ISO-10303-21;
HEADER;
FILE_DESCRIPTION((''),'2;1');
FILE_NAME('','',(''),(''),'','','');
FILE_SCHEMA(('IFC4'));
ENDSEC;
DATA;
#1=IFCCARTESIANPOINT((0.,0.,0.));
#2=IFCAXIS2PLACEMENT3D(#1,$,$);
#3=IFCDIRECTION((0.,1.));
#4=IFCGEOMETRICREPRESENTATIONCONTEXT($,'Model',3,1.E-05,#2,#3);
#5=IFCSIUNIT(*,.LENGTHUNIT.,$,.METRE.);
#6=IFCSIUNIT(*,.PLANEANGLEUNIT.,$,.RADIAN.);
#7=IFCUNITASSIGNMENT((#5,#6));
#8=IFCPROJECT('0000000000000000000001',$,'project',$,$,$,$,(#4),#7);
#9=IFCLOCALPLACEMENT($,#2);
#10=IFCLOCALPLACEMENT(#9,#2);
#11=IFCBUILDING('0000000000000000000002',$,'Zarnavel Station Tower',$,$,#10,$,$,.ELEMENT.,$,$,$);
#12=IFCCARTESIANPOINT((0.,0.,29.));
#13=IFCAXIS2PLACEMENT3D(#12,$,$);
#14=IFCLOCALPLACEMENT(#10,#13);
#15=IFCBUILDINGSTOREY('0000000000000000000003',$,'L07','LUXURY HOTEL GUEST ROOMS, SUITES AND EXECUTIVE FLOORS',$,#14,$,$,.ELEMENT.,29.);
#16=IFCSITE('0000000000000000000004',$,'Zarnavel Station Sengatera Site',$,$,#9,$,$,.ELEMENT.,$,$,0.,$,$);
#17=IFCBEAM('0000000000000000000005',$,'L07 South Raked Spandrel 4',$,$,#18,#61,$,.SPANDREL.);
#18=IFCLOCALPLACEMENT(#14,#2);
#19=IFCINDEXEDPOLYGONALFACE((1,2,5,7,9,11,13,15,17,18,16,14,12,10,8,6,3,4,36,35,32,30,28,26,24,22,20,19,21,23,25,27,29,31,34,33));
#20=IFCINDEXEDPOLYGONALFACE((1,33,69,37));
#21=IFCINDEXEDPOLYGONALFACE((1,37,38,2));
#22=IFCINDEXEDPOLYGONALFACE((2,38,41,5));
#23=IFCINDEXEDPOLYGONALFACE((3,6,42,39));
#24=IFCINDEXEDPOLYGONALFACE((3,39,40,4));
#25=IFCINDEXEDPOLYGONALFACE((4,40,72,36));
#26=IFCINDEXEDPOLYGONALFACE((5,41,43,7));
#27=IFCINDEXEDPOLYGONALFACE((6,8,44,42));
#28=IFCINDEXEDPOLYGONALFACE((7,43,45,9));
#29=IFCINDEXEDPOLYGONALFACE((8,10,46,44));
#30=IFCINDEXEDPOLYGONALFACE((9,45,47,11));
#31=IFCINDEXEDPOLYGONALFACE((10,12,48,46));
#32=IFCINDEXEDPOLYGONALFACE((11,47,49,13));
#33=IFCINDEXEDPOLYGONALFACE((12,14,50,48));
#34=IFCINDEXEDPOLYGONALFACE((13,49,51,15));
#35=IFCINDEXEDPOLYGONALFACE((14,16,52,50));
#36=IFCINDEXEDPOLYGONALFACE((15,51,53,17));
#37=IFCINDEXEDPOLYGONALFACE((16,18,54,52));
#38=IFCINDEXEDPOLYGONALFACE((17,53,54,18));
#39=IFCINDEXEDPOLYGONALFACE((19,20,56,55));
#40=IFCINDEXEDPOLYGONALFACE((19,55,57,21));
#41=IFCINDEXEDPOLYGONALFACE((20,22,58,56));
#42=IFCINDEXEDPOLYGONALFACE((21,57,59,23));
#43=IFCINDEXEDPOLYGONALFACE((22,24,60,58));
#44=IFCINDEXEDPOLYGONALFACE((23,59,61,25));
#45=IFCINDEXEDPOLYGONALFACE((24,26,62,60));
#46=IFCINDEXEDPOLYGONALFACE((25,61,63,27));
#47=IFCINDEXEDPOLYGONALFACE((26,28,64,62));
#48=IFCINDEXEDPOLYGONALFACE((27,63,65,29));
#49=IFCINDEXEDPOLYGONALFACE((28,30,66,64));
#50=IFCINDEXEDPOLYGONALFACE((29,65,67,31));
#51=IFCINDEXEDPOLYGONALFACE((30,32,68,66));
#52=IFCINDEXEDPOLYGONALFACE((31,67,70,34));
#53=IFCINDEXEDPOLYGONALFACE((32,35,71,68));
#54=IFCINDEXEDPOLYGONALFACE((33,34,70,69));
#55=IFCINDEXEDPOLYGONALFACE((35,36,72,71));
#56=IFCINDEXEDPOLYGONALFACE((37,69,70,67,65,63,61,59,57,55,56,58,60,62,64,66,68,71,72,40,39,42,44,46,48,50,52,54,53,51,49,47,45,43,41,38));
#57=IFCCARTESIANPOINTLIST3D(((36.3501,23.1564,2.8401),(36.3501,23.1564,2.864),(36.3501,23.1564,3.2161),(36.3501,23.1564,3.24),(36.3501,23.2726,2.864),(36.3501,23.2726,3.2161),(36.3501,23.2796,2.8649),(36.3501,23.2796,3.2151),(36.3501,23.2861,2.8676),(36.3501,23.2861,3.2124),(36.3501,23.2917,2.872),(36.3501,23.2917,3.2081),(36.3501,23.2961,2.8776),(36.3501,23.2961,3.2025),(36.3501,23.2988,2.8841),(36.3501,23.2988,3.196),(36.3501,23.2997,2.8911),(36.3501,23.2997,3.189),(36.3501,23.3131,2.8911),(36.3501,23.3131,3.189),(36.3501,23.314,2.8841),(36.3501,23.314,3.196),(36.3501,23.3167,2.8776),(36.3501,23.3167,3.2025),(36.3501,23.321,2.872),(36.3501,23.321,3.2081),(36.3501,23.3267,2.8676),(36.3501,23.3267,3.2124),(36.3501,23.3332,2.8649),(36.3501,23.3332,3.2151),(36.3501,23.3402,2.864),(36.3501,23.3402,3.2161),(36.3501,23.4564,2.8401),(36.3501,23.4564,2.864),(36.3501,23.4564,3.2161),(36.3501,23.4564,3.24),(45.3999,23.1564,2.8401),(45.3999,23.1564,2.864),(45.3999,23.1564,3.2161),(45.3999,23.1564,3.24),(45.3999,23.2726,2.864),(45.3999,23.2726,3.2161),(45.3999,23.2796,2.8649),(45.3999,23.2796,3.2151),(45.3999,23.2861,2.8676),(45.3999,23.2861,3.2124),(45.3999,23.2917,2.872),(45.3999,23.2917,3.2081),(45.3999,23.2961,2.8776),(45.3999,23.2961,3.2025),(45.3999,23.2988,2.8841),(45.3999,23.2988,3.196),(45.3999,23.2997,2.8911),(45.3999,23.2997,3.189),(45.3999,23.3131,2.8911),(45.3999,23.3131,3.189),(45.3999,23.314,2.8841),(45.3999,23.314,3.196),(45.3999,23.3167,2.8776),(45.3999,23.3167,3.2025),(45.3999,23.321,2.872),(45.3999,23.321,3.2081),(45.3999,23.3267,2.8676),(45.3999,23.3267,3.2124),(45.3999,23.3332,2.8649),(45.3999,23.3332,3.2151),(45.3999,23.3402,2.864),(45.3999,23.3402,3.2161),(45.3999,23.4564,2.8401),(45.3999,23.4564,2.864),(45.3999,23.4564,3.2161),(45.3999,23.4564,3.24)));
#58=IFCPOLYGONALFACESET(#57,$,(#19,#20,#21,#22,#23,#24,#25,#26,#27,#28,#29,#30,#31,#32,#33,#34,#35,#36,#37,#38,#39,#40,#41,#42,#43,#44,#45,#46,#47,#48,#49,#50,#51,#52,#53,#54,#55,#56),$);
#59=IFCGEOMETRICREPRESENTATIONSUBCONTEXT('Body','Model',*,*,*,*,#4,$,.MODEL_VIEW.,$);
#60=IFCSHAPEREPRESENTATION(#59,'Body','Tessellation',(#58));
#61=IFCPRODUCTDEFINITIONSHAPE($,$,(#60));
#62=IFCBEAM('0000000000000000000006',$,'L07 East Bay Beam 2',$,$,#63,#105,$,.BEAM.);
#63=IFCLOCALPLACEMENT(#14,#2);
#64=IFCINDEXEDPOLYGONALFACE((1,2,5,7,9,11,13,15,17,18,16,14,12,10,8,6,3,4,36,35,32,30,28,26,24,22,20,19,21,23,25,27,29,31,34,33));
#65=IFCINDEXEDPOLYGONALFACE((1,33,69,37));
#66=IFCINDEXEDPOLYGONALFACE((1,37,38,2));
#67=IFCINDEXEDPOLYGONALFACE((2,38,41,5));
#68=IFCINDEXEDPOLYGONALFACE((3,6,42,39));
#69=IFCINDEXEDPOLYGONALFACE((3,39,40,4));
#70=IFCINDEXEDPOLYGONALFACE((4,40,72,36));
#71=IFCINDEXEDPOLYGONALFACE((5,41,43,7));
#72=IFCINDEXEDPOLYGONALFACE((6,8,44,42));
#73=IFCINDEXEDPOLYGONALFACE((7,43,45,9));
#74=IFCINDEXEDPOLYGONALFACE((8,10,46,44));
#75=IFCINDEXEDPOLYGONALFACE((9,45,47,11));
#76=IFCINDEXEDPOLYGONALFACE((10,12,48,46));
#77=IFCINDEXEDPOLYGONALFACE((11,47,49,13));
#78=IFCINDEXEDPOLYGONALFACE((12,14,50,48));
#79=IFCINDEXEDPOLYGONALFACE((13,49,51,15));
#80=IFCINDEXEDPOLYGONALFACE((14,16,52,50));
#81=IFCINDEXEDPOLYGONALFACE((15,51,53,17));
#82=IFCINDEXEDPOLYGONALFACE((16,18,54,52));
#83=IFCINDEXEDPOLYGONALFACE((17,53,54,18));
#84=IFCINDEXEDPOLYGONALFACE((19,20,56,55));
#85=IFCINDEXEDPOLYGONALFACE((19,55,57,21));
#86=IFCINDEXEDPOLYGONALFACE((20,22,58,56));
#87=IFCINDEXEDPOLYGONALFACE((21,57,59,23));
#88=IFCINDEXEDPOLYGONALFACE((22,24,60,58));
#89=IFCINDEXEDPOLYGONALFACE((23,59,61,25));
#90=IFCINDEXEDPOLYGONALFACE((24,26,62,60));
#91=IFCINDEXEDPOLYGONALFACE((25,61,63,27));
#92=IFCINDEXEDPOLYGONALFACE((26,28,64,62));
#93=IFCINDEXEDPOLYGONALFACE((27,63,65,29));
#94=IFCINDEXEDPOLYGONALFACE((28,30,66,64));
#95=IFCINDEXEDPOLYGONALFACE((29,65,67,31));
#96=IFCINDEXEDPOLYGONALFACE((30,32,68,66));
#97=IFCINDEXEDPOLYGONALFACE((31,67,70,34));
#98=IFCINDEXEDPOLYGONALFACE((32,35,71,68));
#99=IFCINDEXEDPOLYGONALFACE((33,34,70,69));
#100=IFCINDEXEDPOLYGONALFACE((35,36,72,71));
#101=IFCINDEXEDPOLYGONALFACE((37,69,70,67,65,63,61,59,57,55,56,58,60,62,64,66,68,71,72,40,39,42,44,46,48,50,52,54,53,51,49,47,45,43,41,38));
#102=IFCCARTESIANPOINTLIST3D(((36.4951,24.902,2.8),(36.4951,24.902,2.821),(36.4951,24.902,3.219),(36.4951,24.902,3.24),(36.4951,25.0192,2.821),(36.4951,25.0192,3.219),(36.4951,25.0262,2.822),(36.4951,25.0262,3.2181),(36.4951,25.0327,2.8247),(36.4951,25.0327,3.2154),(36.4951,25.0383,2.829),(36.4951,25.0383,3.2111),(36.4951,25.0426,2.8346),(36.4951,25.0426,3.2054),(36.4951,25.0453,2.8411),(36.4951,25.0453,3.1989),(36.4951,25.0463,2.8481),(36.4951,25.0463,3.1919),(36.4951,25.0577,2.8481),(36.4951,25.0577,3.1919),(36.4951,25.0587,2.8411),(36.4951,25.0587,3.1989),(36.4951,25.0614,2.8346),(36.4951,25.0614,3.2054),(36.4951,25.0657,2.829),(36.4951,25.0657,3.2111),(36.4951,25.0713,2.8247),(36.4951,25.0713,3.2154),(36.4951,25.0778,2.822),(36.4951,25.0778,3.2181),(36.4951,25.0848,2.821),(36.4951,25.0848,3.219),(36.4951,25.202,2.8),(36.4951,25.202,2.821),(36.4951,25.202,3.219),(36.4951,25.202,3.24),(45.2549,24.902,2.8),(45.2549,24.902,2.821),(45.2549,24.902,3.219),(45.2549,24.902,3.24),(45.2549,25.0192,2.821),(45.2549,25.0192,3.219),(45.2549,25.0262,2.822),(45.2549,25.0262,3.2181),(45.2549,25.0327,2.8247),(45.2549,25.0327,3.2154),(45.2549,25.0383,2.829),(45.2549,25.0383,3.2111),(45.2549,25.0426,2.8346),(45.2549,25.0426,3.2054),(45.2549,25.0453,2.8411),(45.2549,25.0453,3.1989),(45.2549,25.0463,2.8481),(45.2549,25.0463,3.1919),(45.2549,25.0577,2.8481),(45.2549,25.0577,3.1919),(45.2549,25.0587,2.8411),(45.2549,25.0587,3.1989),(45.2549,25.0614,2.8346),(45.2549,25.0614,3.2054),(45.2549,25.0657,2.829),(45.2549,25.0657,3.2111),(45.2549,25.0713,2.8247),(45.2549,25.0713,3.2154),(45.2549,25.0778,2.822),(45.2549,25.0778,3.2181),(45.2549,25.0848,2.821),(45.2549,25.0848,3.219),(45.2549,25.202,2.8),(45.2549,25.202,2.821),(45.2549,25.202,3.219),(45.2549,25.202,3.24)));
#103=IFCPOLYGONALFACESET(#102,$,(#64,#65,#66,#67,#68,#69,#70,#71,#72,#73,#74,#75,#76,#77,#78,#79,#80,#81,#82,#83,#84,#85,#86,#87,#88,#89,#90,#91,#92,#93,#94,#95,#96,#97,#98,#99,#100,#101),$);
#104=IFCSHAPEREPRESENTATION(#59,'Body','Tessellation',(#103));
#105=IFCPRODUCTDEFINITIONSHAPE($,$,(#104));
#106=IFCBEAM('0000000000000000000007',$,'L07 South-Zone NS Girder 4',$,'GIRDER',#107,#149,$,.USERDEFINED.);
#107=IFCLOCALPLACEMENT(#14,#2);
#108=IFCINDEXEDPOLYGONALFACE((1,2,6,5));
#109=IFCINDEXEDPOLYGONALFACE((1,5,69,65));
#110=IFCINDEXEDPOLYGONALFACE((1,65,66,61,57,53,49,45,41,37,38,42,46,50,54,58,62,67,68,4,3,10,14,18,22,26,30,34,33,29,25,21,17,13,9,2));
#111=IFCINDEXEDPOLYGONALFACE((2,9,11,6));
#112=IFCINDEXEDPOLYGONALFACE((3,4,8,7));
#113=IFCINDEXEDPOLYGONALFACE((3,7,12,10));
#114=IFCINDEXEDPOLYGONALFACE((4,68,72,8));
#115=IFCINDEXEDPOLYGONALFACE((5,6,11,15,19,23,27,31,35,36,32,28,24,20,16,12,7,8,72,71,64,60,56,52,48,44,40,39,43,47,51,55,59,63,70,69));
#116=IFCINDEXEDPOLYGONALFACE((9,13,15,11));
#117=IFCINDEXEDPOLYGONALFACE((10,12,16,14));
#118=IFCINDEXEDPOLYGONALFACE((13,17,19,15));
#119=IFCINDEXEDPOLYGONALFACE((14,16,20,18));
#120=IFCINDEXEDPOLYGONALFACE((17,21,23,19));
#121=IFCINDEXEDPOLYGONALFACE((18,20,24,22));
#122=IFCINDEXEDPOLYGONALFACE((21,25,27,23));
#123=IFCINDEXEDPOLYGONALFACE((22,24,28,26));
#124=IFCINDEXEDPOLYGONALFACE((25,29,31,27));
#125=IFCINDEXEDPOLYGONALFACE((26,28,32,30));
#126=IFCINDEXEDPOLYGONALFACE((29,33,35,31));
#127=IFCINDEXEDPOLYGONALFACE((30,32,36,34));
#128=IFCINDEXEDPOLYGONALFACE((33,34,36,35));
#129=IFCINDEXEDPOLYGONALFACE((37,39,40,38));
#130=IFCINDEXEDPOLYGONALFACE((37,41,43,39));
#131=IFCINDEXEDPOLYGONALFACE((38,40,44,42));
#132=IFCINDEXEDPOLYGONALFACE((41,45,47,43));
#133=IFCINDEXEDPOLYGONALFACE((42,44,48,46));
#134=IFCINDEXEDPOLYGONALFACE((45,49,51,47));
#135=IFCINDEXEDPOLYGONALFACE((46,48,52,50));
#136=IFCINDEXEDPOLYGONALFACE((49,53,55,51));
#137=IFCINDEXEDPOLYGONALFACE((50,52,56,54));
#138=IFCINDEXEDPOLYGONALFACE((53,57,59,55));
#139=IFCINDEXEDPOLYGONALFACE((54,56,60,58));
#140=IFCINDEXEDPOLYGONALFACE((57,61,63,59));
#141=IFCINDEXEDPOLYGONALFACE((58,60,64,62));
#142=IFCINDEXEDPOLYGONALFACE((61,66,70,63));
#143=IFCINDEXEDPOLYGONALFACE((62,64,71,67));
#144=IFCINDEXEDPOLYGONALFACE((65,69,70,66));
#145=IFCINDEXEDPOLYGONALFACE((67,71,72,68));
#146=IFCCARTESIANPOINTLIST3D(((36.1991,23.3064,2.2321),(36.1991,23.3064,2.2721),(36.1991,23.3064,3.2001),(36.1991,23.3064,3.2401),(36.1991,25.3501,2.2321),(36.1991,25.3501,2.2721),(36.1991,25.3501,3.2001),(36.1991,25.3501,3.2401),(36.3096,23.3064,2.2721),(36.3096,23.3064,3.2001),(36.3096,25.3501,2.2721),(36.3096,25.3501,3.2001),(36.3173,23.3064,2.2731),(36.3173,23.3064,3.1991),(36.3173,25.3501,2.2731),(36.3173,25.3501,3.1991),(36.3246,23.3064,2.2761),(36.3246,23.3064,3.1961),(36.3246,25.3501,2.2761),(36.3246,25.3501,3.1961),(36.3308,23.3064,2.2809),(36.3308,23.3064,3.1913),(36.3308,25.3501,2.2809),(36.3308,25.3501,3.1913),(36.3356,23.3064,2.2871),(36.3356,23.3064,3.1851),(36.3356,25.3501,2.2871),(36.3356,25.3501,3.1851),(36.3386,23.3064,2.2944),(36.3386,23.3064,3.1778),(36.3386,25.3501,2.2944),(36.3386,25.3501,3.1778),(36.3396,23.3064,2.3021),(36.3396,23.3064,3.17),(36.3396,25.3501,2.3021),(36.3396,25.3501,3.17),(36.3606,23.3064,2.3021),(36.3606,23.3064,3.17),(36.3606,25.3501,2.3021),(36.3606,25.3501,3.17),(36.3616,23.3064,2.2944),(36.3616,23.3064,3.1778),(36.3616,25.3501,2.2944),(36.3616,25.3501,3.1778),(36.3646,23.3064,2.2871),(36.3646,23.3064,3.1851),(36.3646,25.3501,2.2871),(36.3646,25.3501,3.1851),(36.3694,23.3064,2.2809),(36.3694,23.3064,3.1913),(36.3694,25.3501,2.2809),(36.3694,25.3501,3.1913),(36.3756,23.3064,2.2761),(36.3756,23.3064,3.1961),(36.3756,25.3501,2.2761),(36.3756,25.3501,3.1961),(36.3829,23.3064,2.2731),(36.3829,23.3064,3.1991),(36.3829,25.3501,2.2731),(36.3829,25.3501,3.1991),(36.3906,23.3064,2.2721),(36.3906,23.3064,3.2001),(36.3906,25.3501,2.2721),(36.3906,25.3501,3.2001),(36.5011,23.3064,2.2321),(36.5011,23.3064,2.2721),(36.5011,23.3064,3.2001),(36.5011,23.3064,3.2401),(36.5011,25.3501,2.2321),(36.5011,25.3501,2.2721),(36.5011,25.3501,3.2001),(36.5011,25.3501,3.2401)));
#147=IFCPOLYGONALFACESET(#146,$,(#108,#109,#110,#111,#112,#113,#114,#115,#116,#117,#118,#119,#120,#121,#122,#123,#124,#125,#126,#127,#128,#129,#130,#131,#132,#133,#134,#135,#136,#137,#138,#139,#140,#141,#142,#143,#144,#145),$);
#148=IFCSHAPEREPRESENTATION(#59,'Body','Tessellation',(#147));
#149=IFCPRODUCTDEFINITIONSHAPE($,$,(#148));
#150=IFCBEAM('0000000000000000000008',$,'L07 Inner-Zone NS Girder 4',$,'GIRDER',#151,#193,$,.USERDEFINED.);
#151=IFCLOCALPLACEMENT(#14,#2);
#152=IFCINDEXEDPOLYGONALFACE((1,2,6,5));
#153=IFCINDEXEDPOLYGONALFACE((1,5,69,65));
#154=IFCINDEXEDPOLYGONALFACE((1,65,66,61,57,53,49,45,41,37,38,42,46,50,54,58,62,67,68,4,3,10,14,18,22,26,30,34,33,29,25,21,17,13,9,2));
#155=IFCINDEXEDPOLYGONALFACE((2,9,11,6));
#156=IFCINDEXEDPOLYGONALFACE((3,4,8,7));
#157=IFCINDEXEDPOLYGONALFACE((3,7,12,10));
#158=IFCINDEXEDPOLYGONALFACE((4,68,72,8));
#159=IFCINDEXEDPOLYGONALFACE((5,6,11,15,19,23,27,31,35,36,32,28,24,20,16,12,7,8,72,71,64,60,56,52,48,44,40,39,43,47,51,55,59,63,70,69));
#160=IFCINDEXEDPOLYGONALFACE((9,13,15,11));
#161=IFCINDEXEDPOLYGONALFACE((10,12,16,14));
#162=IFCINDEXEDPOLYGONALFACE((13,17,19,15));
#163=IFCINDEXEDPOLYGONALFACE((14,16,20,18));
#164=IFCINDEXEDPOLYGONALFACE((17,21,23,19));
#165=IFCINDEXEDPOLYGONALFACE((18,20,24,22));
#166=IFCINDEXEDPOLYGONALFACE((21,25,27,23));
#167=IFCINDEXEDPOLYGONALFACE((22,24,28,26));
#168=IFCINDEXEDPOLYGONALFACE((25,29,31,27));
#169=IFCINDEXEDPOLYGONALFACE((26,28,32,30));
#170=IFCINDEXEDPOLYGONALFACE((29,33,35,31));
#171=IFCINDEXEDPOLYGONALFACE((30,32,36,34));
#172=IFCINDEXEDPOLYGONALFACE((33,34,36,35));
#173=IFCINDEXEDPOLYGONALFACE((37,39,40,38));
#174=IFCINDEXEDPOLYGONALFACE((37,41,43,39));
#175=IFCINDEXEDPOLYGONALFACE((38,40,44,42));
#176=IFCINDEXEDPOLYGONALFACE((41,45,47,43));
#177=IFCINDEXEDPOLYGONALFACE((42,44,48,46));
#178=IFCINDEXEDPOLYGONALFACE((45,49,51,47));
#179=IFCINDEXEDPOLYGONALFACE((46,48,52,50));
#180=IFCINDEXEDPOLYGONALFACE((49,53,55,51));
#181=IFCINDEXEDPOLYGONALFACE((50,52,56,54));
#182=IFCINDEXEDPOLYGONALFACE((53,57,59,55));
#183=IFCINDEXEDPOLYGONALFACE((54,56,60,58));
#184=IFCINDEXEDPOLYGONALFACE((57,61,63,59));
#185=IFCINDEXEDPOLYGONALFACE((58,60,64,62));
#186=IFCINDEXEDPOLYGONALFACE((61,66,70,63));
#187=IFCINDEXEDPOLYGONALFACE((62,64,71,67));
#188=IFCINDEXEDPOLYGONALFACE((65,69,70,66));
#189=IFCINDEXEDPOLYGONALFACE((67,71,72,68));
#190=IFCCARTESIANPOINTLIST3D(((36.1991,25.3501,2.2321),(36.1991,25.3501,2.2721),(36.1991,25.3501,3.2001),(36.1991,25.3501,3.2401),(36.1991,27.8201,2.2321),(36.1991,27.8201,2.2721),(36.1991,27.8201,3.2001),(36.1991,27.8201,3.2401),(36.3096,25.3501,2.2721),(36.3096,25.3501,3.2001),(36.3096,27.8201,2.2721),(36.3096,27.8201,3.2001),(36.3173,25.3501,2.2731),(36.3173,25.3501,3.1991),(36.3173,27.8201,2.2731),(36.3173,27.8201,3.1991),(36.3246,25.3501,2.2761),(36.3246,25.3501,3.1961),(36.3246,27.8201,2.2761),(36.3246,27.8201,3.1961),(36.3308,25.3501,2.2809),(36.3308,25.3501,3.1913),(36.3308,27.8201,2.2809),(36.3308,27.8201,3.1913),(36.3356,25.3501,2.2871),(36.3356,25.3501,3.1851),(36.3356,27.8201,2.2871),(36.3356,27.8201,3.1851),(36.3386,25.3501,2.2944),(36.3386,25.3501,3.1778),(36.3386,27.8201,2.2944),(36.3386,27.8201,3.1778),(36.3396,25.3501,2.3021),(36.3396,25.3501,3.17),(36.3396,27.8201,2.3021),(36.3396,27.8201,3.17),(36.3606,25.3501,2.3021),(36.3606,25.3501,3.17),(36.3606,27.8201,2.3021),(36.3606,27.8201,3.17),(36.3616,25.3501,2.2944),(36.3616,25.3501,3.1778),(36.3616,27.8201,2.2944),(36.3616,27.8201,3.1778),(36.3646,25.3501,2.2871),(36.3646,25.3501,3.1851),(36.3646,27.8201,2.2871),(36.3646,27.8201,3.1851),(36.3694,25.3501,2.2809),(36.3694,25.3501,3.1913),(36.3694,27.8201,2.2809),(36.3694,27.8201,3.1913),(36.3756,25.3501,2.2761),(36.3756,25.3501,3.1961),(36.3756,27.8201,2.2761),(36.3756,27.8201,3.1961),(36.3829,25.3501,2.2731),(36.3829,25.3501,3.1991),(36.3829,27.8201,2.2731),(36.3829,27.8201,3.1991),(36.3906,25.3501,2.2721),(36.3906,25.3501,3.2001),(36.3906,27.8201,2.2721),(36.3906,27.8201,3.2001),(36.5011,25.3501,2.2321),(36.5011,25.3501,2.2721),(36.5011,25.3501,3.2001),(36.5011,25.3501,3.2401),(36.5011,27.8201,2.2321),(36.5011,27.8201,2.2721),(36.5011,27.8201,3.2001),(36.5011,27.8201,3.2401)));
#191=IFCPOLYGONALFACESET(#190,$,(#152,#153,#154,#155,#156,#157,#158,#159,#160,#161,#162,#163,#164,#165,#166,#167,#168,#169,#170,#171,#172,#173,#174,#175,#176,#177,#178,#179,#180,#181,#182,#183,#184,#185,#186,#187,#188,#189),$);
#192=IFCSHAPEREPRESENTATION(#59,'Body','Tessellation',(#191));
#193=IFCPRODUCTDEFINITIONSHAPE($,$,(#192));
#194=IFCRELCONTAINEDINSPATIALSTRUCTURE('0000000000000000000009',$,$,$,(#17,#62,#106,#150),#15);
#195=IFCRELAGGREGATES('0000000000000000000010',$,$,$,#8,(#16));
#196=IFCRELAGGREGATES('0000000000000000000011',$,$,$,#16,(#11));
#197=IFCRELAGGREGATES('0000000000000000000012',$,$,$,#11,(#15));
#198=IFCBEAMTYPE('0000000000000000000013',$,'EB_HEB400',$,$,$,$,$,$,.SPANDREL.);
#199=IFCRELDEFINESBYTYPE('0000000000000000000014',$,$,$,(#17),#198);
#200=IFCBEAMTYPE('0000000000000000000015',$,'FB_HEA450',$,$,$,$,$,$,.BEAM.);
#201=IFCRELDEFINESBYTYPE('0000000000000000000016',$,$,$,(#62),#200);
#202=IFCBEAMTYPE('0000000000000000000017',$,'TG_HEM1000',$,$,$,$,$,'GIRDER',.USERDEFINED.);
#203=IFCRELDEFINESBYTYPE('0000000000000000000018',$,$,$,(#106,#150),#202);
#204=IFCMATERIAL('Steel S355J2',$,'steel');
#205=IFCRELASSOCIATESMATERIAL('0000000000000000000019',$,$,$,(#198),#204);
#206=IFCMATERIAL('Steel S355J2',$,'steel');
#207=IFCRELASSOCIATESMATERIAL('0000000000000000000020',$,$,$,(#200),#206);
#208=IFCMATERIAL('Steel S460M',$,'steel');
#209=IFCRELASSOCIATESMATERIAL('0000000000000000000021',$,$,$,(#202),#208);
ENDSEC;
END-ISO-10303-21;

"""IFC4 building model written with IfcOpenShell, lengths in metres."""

from ifc_helpers import new_model, si_unit, direction, frame, origin, origin_2d, place, context, subcontext, project, spatial, i_section, extrude, material, material_profile, profile_set, type_object, element, save


model = new_model("IFC4")

# Units and contexts
model_context = context("Model", 3, precision=1e-05, world=origin(), true_north=direction((0.0, 1.0)))
body_context = subcontext(model_context, "Body", "Model", "MODEL_VIEW")
ifc_project = project(units=[si_unit("LENGTHUNIT", "METRE"), si_unit("PLANEANGLEUNIT", "RADIAN")], contexts=[model_context])

# Site, building, storey
site_placement = place(None, origin())
site = spatial("IfcSite", under=ifc_project, at=site_placement, Name="Zarnavel Station Sengatera Site", CompositionType="ELEMENT", RefElevation=0.0)
building_placement = place(site_placement, origin())
building = spatial("IfcBuilding", under=site, at=building_placement, Name="Zarnavel Station Tower", CompositionType="ELEMENT")
storey_placement = place(building_placement, frame((0.0, 0.0, 29.0)))
storey = spatial("IfcBuildingStorey", under=building, at=storey_placement, Name="L07", Description="LUXURY HOTEL GUEST ROOMS, SUITES AND EXECUTIVE FLOORS", CompositionType="ELEMENT", Elevation=29.0)

# Beams
ifc_material_1 = material(Name="Steel S355J2", Category="steel")
ifc_material_profile_1 = material_profile(ifc_material_1, i_section(OverallWidth=0.3, OverallDepth=0.3999, WebThickness=0.0134, FlangeThickness=0.0239, FilletRadius=0.0271, at=origin_2d()), Name="HEB400")
ifc_profile_set_1 = profile_set([ifc_material_profile_1], Name="Steel S355J2")
beam_type_1 = type_object("IfcBeamType", Name="EB_HEB400", PredefinedType="SPANDREL", material=ifc_profile_set_1)
beam_1_placement = place(storey_placement, frame((36.3501, 23.3064, 3.04), z_axis=(1.0, 0.0, 0.0), x_axis=(0.0, 1.0, 0.0)))
element("IfcBeam", 1, at=beam_1_placement, inside=storey, type_object=beam_type_1, Name="L07 South Raked Spandrel 4", PredefinedType="SPANDREL", context=body_context, shape_type="SweptSolid", body=[
    extrude(i_section(OverallWidth=0.3, OverallDepth=0.3999, WebThickness=0.0134, FlangeThickness=0.0239, FilletRadius=0.0271, at=origin_2d()), origin(), (0.0, 0.0, 1.0), 9.0498),
])
ifc_material_2 = material(Name="Steel S355J2", Category="steel")
ifc_material_profile_2 = material_profile(ifc_material_2, i_section(OverallWidth=0.3, OverallDepth=0.4399, WebThickness=0.0115, FlangeThickness=0.021, FilletRadius=0.0271, at=origin_2d()), Name="HEA450")
ifc_profile_set_2 = profile_set([ifc_material_profile_2], Name="Steel S355J2")
beam_type_2 = type_object("IfcBeamType", Name="FB_HEA450", PredefinedType="BEAM", material=ifc_profile_set_2)
beam_2_placement = place(storey_placement, frame((36.4951, 25.052, 3.02), z_axis=(1.0, 0.0, 0.0), x_axis=(0.0, 1.0, 0.0)))
element("IfcBeam", 2, at=beam_2_placement, inside=storey, type_object=beam_type_2, Name="L07 East Bay Beam 2", PredefinedType="BEAM", context=body_context, shape_type="SweptSolid", body=[
    extrude(i_section(OverallWidth=0.3, OverallDepth=0.4399, WebThickness=0.0115, FlangeThickness=0.021, FilletRadius=0.0271, at=origin_2d()), origin(), (0.0, 0.0, 1.0), 8.7598),
])
ifc_material_3 = material(Name="Steel S460M", Category="steel")
ifc_material_profile_3 = material_profile(ifc_material_3, i_section(OverallWidth=0.302, OverallDepth=1.0081, WebThickness=0.021, FlangeThickness=0.04, FilletRadius=0.03, at=origin_2d()), Name="HEM1000")
ifc_profile_set_3 = profile_set([ifc_material_profile_3], Name="Steel S460M")
beam_type_3 = type_object("IfcBeamType", Name="TG_HEM1000", ElementType="GIRDER", PredefinedType="USERDEFINED", material=ifc_profile_set_3)
beam_3_placement = place(storey_placement, frame((36.3501, 23.3064, 2.7361), z_axis=(0.0, 1.0, 0.0), x_axis=(-1.0, 0.0, 0.0)))
element("IfcBeam", 3, at=beam_3_placement, inside=storey, type_object=beam_type_3, Name="L07 South-Zone NS Girder 4", ObjectType="GIRDER", PredefinedType="USERDEFINED", context=body_context, shape_type="SweptSolid", body=[
    extrude(i_section(OverallWidth=0.302, OverallDepth=1.0081, WebThickness=0.021, FlangeThickness=0.04, FilletRadius=0.03, at=origin_2d()), origin(), (0.0, 0.0, 1.0), 2.0437),
])
beam_4_placement = place(storey_placement, frame((36.3501, 25.3501, 2.7361), z_axis=(0.0, 1.0, 0.0), x_axis=(-1.0, 0.0, 0.0)))
element("IfcBeam", 4, at=beam_4_placement, inside=storey, type_object=beam_type_3, Name="L07 Inner-Zone NS Girder 4", ObjectType="GIRDER", PredefinedType="USERDEFINED", context=body_context, shape_type="SweptSolid", body=[
    extrude(i_section(OverallWidth=0.302, OverallDepth=1.0081, WebThickness=0.021, FlangeThickness=0.04, FilletRadius=0.03, at=origin_2d()), origin(), (0.0, 0.0, 1.0), 2.47),
])

save(model, "model.ifc")
